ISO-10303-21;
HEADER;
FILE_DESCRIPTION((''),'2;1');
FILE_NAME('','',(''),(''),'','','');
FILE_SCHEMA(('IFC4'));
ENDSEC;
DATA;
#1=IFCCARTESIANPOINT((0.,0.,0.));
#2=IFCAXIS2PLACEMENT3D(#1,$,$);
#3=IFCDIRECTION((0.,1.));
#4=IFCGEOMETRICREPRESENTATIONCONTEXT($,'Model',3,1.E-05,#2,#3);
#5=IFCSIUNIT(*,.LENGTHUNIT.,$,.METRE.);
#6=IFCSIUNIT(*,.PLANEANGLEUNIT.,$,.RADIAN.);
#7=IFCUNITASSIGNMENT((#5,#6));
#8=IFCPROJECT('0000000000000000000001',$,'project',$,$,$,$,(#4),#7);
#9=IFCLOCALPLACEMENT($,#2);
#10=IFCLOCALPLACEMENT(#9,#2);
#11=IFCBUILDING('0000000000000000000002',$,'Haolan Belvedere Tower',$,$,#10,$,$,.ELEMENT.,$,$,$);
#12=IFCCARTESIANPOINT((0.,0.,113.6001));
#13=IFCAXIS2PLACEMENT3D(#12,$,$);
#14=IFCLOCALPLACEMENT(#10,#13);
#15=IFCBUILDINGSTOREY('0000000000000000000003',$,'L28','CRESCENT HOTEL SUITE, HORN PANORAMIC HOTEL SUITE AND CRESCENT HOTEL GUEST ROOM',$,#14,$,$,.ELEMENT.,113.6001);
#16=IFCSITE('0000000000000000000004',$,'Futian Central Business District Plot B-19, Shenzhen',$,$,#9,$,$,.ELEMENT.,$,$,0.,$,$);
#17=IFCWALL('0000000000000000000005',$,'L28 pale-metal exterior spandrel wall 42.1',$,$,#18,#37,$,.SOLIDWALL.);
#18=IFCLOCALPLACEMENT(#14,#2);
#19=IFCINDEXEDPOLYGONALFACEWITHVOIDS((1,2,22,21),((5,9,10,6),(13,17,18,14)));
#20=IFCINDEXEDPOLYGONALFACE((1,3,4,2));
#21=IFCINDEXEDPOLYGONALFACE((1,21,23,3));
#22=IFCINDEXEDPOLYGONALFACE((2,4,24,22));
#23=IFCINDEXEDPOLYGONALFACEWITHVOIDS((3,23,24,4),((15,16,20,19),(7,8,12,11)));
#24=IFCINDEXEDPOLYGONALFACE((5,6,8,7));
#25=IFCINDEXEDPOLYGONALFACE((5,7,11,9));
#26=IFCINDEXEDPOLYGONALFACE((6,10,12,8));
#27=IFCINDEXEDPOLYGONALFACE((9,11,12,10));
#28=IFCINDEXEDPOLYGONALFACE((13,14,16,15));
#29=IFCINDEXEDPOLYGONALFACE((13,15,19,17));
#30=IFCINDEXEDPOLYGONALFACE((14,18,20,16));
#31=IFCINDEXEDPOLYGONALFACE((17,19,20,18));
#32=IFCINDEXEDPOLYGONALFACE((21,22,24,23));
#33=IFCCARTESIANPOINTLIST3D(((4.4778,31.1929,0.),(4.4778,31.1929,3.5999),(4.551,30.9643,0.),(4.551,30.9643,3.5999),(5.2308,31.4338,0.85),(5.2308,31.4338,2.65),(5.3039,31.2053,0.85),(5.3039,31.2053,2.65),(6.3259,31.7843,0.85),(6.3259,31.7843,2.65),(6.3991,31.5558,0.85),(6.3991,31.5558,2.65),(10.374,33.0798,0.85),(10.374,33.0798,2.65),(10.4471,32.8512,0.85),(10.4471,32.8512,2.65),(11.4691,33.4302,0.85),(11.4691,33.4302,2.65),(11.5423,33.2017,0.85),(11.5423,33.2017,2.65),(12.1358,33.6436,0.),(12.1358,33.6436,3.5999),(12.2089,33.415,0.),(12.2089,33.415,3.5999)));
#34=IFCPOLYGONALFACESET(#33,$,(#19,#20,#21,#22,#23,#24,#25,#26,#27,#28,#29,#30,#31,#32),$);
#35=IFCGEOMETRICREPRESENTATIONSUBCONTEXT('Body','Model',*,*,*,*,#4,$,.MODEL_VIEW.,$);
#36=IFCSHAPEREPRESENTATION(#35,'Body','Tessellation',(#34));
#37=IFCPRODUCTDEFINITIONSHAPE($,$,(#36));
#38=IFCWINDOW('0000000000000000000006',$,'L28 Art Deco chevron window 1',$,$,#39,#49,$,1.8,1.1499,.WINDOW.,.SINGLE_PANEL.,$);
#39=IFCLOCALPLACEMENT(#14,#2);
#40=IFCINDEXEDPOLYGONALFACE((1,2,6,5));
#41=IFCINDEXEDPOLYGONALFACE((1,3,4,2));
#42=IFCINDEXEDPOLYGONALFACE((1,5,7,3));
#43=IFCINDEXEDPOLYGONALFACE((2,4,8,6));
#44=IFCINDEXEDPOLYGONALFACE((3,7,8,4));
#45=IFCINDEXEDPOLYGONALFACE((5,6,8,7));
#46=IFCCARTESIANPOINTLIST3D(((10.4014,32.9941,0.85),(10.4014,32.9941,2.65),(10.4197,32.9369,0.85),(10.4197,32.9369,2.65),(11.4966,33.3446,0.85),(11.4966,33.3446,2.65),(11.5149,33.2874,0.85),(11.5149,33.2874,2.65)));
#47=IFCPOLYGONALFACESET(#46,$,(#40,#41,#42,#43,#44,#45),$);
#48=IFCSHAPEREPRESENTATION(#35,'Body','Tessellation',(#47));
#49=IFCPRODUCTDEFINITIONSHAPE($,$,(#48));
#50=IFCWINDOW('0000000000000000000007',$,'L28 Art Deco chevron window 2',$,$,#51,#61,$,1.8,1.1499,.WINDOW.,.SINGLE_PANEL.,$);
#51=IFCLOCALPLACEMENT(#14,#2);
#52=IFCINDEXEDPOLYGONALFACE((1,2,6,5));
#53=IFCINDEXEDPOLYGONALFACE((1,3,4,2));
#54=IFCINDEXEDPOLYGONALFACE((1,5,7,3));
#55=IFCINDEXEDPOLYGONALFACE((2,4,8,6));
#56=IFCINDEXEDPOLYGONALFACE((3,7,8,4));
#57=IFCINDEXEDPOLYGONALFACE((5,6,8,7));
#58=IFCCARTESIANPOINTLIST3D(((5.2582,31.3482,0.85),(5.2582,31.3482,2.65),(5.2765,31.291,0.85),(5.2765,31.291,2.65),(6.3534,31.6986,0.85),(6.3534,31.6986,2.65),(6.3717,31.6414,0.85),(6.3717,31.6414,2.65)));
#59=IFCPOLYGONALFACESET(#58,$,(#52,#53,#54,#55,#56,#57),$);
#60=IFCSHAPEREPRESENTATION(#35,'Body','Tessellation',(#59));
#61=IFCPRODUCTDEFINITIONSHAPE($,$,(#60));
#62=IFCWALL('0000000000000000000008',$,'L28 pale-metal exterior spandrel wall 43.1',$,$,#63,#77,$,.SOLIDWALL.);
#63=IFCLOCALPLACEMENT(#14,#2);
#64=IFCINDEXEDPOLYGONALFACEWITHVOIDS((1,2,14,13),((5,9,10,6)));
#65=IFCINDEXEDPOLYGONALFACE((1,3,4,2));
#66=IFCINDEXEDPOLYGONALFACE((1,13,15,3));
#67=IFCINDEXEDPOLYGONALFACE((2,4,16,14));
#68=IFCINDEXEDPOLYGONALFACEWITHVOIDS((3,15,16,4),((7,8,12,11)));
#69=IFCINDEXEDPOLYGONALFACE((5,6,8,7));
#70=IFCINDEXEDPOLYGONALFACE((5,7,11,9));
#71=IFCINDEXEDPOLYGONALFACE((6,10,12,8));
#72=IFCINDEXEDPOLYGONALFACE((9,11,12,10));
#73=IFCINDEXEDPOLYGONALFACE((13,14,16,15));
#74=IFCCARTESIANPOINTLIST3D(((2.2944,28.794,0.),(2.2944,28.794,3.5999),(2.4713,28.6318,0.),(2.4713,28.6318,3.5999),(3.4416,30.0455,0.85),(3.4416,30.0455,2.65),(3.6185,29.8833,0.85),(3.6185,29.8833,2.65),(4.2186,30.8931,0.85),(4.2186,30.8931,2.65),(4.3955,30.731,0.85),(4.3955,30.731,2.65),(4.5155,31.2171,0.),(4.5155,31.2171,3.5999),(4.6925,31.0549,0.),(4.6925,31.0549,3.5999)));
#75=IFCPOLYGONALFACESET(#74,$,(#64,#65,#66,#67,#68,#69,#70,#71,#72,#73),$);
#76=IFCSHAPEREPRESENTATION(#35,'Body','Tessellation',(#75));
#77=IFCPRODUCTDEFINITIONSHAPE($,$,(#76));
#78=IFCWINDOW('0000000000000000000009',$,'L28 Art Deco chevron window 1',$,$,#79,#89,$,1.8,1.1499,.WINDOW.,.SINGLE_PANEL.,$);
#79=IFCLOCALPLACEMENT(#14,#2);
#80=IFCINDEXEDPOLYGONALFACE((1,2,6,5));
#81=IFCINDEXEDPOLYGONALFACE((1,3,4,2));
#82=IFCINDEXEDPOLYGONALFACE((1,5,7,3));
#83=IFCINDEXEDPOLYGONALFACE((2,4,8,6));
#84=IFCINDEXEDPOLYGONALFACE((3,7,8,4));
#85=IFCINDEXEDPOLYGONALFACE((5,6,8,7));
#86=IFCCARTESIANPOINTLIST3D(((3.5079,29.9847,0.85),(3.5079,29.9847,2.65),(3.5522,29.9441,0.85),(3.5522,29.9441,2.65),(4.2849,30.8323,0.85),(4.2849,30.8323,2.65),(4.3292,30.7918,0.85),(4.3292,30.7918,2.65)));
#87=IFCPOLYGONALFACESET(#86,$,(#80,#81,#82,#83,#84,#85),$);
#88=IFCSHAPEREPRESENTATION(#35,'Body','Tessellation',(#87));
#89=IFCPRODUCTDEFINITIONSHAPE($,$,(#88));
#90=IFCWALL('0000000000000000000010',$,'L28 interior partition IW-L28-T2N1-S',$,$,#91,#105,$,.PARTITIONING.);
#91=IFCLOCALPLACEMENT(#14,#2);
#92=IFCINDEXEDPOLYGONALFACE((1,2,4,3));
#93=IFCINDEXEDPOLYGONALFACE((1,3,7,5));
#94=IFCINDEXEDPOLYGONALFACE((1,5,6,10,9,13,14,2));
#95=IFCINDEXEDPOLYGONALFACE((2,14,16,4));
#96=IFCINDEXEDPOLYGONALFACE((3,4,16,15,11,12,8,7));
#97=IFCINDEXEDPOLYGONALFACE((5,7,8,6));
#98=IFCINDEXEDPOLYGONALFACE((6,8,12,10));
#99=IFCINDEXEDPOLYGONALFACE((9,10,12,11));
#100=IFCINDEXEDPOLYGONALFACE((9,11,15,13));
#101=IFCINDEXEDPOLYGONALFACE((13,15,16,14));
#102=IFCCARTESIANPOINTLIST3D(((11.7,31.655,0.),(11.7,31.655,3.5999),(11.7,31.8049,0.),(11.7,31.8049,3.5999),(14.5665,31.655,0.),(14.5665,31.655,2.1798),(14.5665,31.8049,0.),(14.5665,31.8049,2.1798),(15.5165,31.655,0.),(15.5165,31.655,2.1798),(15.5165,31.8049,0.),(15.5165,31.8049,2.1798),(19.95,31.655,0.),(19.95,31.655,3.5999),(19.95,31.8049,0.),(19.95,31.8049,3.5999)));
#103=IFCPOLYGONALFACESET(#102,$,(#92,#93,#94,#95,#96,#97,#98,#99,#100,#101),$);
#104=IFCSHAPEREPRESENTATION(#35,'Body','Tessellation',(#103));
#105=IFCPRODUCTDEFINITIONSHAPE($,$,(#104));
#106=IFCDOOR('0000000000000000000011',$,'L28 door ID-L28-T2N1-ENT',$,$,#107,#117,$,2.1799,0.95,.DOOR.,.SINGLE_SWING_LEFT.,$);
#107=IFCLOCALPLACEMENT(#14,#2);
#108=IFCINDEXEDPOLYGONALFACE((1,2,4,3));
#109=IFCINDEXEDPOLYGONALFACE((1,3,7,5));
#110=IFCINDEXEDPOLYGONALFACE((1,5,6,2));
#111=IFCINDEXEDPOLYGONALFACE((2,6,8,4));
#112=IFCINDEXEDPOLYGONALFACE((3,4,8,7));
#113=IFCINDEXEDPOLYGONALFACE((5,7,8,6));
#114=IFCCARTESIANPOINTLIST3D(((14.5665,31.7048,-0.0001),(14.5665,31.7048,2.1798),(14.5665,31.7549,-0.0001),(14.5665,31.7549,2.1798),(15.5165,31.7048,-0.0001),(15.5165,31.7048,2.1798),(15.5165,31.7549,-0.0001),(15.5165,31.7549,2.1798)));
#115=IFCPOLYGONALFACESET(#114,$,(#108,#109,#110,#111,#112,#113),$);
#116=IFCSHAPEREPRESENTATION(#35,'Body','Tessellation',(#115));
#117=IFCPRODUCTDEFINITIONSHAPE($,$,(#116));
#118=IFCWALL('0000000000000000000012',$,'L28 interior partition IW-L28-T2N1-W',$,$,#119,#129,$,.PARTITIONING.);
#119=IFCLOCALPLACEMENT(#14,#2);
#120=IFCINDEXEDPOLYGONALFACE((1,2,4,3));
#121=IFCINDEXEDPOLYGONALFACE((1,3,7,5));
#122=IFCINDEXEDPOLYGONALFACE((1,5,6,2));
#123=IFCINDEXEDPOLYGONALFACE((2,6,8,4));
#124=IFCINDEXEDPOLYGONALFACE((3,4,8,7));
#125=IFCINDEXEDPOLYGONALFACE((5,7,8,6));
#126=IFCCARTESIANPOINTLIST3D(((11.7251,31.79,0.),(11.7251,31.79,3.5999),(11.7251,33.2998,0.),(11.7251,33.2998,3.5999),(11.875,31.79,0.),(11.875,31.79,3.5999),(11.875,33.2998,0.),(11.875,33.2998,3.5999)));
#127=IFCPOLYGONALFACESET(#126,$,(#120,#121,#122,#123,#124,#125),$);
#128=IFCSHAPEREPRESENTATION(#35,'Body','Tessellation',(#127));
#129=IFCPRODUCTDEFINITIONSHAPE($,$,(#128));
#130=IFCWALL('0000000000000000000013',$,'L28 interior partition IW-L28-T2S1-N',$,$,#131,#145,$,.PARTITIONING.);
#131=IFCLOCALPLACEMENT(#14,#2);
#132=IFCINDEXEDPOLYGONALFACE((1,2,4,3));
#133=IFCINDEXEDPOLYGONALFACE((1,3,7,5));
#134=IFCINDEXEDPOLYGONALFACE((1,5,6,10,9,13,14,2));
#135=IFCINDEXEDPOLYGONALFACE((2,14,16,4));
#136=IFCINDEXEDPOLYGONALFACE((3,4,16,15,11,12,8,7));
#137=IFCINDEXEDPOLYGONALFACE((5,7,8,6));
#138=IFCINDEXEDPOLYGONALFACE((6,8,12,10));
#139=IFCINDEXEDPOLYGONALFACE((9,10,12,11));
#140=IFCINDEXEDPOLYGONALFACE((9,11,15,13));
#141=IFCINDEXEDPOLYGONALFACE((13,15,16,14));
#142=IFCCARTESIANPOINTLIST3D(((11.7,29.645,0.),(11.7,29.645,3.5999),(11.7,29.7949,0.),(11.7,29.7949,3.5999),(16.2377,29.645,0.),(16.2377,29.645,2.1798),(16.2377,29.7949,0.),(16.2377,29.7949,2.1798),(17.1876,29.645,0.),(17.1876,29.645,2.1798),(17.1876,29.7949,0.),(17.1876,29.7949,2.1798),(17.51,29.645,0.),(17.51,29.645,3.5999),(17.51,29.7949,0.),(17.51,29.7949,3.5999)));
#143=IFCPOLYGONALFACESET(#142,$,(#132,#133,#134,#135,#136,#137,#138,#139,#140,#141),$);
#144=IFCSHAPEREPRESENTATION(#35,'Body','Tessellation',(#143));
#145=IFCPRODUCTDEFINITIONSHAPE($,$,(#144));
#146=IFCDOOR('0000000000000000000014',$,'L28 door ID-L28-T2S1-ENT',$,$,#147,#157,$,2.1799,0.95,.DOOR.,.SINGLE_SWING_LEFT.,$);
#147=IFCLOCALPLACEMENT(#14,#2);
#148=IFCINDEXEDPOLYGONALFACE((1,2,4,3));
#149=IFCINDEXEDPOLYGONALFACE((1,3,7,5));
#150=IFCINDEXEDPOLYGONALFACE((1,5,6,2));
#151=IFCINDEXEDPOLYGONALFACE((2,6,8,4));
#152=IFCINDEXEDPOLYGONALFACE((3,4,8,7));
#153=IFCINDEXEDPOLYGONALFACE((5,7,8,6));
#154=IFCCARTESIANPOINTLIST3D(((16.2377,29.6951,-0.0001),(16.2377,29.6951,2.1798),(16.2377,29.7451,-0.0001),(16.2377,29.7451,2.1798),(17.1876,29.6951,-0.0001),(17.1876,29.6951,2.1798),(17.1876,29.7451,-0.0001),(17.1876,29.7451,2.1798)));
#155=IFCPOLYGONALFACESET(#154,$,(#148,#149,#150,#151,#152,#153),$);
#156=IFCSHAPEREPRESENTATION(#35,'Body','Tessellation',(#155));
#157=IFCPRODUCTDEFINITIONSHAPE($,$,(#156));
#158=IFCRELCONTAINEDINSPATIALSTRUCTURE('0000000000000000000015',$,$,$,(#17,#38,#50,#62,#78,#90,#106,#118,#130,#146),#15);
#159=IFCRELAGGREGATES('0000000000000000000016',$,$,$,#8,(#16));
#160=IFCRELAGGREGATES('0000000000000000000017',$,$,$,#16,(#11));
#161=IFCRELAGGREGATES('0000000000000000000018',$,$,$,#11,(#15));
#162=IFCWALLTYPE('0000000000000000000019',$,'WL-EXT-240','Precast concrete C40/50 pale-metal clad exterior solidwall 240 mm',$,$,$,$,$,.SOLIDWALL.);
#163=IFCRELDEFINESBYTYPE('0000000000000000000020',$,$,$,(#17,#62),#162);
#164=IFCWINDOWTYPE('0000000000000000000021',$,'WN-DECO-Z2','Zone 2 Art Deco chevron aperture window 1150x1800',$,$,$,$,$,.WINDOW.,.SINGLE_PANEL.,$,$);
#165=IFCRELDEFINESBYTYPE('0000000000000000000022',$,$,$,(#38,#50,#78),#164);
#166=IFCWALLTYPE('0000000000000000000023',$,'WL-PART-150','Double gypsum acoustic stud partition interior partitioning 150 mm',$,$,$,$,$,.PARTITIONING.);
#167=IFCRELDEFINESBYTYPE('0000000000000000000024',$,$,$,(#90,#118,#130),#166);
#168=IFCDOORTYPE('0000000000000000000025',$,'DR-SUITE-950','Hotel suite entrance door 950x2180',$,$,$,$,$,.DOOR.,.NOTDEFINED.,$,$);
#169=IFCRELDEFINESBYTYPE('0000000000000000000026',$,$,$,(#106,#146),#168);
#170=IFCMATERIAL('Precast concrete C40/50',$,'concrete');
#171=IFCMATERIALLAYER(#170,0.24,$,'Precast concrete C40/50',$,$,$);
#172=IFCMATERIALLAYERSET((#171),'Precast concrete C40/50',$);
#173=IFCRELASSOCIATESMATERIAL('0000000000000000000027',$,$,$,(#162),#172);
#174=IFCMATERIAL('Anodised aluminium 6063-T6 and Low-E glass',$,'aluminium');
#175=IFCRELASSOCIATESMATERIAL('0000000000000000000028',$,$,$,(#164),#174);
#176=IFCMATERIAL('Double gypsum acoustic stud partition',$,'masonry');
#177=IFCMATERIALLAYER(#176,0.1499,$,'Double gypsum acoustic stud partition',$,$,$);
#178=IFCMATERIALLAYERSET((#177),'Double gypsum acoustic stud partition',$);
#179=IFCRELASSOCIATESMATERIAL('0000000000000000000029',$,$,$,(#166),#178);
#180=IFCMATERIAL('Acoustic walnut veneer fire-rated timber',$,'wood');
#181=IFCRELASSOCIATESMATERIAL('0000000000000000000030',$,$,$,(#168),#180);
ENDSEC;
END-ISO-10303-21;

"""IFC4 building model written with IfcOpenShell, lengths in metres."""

from ifc_helpers import new_model, si_unit, direction, frame, frame_2d, origin, place, context, subcontext, project, spatial, rectangle, extrude, material, layer, layer_set, type_object, element, fill, save


model = new_model("IFC4")

# Units and contexts
model_context = context("Model", 3, precision=1e-05, world=origin(), true_north=direction((0.0, 1.0)))
body_context = subcontext(model_context, "Body", "Model", "MODEL_VIEW")
ifc_project = project(units=[si_unit("LENGTHUNIT", "METRE"), si_unit("PLANEANGLEUNIT", "RADIAN")], contexts=[model_context])

# Site, building, storey
site_placement = place(None, origin())
site = spatial("IfcSite", under=ifc_project, at=site_placement, Name="Futian Central Business District Plot B-19, Shenzhen", CompositionType="ELEMENT", RefElevation=0.0)
building_placement = place(site_placement, origin())
building = spatial("IfcBuilding", under=site, at=building_placement, Name="Haolan Belvedere Tower", CompositionType="ELEMENT")
storey_placement = place(building_placement, frame((0.0, 0.0, 113.6001)))
storey = spatial("IfcBuildingStorey", under=building, at=storey_placement, Name="L28", Description="CRESCENT HOTEL SUITE, HORN PANORAMIC HOTEL SUITE AND CRESCENT HOTEL GUEST ROOM", CompositionType="ELEMENT", Elevation=113.6001)

# Shared definitions
ifc_material_1 = material(Name="Precast concrete C40/50", Category="concrete")
ifc_layer_1 = layer(ifc_material_1, 0.24, Name="Precast concrete C40/50")
ifc_layer_set_1 = layer_set([ifc_layer_1], Name="Precast concrete C40/50")
wall_type_1 = type_object("IfcWallType", Name="WL-EXT-240", Description="Precast concrete C40/50 pale-metal clad exterior solidwall 240 mm", PredefinedType="SOLIDWALL", material=ifc_layer_set_1)

# Shared definitions
ifc_material_2 = material(Name="Anodised aluminium 6063-T6 and Low-E glass", Category="aluminium")
window_type = type_object("IfcWindowType", Name="WN-DECO-Z2", Description="Zone 2 Art Deco chevron aperture window 1150x1800", PartitioningType="SINGLE_PANEL", PredefinedType="WINDOW", material=ifc_material_2)

# Wall, openings, windows
wall_1_placement = place(storey_placement, frame((12.1724, 33.5293, 0.0), z_axis=(0.0, 0.0, 1.0), x_axis=(-0.952419, -0.304791, 0.0)))
wall_1 = element("IfcWall", 1, at=wall_1_placement, inside=storey, type_object=wall_type_1, Name="L28 pale-metal exterior spandrel wall 42.1", PredefinedType="SOLIDWALL", context=body_context, shape_type="SweptSolid", body=[
    extrude(rectangle(XDim=8.0405, YDim=0.24, at=frame_2d((4.0203, 0.0))), origin(), (0.0, 0.0, 1.0), 3.5999),
])
opening_1_placement = place(wall_1_placement, frame((0.7, 0.0, 0.8501)))
opening_1 = element("IfcOpeningElement", 2, at=opening_1_placement, cuts=wall_1, PredefinedType="OPENING", context=body_context, shape_type="SweptSolid", body=[
    extrude(rectangle(XDim=1.1499, YDim=1.8, at=frame_2d((0.575, 0.8999))), frame((0.0, 0.1299, 0.0), z_axis=(0.0, -1.0, 0.0), x_axis=(1.0, 0.0, 0.0)), (0.0, 0.0, 1.0), 0.26),
])
opening_2_placement = place(wall_1_placement, frame((6.1001, 0.0, 0.8501)))
opening_2 = element("IfcOpeningElement", 3, at=opening_2_placement, cuts=wall_1, PredefinedType="OPENING", context=body_context, shape_type="SweptSolid", body=[
    extrude(rectangle(XDim=1.1499, YDim=1.8, at=frame_2d((0.575, 0.8999))), frame((0.0, 0.1299, 0.0), z_axis=(0.0, -1.0, 0.0), x_axis=(1.0, 0.0, 0.0)), (0.0, 0.0, 1.0), 0.26),
])
window_1_placement = place(opening_1_placement, origin())
window_1 = element("IfcWindow", 4, at=window_1_placement, inside=storey, type_object=window_type, Name="L28 Art Deco chevron window 1", OverallHeight=1.8, OverallWidth=1.1499, PartitioningType="SINGLE_PANEL", PredefinedType="WINDOW", context=body_context, shape_type="SweptSolid", body=[
    extrude(rectangle(XDim=1.1499, YDim=1.8, at=frame_2d((0.575, 0.8999))), frame((0.0, 0.03, 0.0), z_axis=(0.0, -1.0, 0.0), x_axis=(1.0, 0.0, 0.0)), (0.0, 0.0, 1.0), 0.0601),
])
fill(opening_1, window_1)
window_2_placement = place(opening_2_placement, origin())
window_2 = element("IfcWindow", 5, at=window_2_placement, inside=storey, type_object=window_type, Name="L28 Art Deco chevron window 2", OverallHeight=1.8, OverallWidth=1.1499, PartitioningType="SINGLE_PANEL", PredefinedType="WINDOW", context=body_context, shape_type="SweptSolid", body=[
    extrude(rectangle(XDim=1.1499, YDim=1.8, at=frame_2d((0.575, 0.8999))), frame((0.0, 0.03, 0.0), z_axis=(0.0, -1.0, 0.0), x_axis=(1.0, 0.0, 0.0)), (0.0, 0.0, 1.0), 0.0601),
])
fill(opening_2, window_2)

# Wall, opening, window
wall_2_placement = place(storey_placement, frame((4.604, 31.136, 0.0), z_axis=(0.0, 0.0, 1.0), x_axis=(-0.675728, -0.737151, 0.0)))
wall_2 = element("IfcWall", 6, at=wall_2_placement, inside=storey, type_object=wall_type_1, Name="L28 pale-metal exterior spandrel wall 43.1", PredefinedType="SOLIDWALL", context=body_context, shape_type="SweptSolid", body=[
    extrude(rectangle(XDim=3.2871, YDim=0.24, at=frame_2d((1.6436, 0.0))), origin(), (0.0, 0.0, 1.0), 3.5999),
])
opening_3_placement = place(wall_2_placement, frame((0.4395, 0.0, 0.8501)))
opening_3 = element("IfcOpeningElement", 7, at=opening_3_placement, cuts=wall_2, PredefinedType="OPENING", context=body_context, shape_type="SweptSolid", body=[
    extrude(rectangle(XDim=1.1499, YDim=1.8, at=frame_2d((0.575, 0.8999))), frame((0.0, 0.1299, 0.0), z_axis=(0.0, -1.0, 0.0), x_axis=(1.0, 0.0, 0.0)), (0.0, 0.0, 1.0), 0.26),
])
window_3_placement = place(opening_3_placement, origin())
window_3 = element("IfcWindow", 8, at=window_3_placement, inside=storey, type_object=window_type, Name="L28 Art Deco chevron window 1", OverallHeight=1.8, OverallWidth=1.1499, PartitioningType="SINGLE_PANEL", PredefinedType="WINDOW", context=body_context, shape_type="SweptSolid", body=[
    extrude(rectangle(XDim=1.1499, YDim=1.8, at=frame_2d((0.575, 0.8999))), frame((0.0, 0.03, 0.0), z_axis=(0.0, -1.0, 0.0), x_axis=(1.0, 0.0, 0.0)), (0.0, 0.0, 1.0), 0.0601),
])
fill(opening_3, window_3)

# Wall, opening, door
ifc_material_3 = material(Name="Double gypsum acoustic stud partition", Category="masonry")
ifc_layer_2 = layer(ifc_material_3, 0.1499, Name="Double gypsum acoustic stud partition")
ifc_layer_set_2 = layer_set([ifc_layer_2], Name="Double gypsum acoustic stud partition")
wall_type_2 = type_object("IfcWallType", Name="WL-PART-150", Description="Double gypsum acoustic stud partition interior partitioning 150 mm", PredefinedType="PARTITIONING", material=ifc_layer_set_2)
wall_3_placement = place(storey_placement, frame((11.7, 31.73, 0.0), z_axis=(0.0, 0.0, 1.0), x_axis=(1.0, 0.0, 0.0)))
wall_3 = element("IfcWall", 9, at=wall_3_placement, inside=storey, type_object=wall_type_2, Name="L28 interior partition IW-L28-T2N1-S", PredefinedType="PARTITIONING", context=body_context, shape_type="SweptSolid", body=[
    extrude(rectangle(XDim=8.25, YDim=0.1499, at=frame_2d((4.125, 0.0))), origin(), (0.0, 0.0, 1.0), 3.5999),
])
opening_4_placement = place(wall_3_placement, frame((2.8665, 0.0, 0.0)))
opening_4 = element("IfcOpeningElement", 10, at=opening_4_placement, cuts=wall_3, PredefinedType="OPENING", context=body_context, shape_type="SweptSolid", body=[
    extrude(rectangle(XDim=0.95, YDim=2.1799, at=frame_2d((0.4751, 1.0898))), frame((0.0, 0.085, 0.0), z_axis=(0.0, -1.0, 0.0), x_axis=(1.0, 0.0, 0.0)), (0.0, 0.0, 1.0), 0.1699),
])
ifc_material_4 = material(Name="Acoustic walnut veneer fire-rated timber", Category="wood")
door_type_1 = type_object("IfcDoorType", Name="DR-SUITE-950", Description="Hotel suite entrance door 950x2180", OperationType="NOTDEFINED", PredefinedType="DOOR", material=ifc_material_4)
door_1_placement = place(opening_4_placement, origin())
door_1 = element("IfcDoor", 11, at=door_1_placement, inside=storey, type_object=door_type_1, Name="L28 door ID-L28-T2N1-ENT", OperationType="SINGLE_SWING_LEFT", OverallHeight=2.1799, OverallWidth=0.95, PredefinedType="DOOR", context=body_context, shape_type="SweptSolid", body=[
    extrude(rectangle(XDim=0.95, YDim=2.1799, at=frame_2d((0.4751, 1.0898))), frame((0.0, 0.0249, 0.0), z_axis=(0.0, -1.0, 0.0), x_axis=(1.0, 0.0, 0.0)), (0.0, 0.0, 1.0), 0.05),
])
fill(opening_4, door_1)

# Wall
wall_4_placement = place(storey_placement, frame((11.8, 31.79, 0.0), z_axis=(0.0, 0.0, 1.0), x_axis=(0.0, 1.0, 0.0)))
element("IfcWall", 12, at=wall_4_placement, inside=storey, type_object=wall_type_2, Name="L28 interior partition IW-L28-T2N1-W", PredefinedType="PARTITIONING", context=body_context, shape_type="SweptSolid", body=[
    extrude(rectangle(XDim=1.5098, YDim=0.1499, at=frame_2d((0.7549, 0.0))), origin(), (0.0, 0.0, 1.0), 3.5999),
])

# Wall, opening, door
wall_5_placement = place(storey_placement, frame((11.7, 29.72, 0.0), z_axis=(0.0, 0.0, 1.0), x_axis=(1.0, 0.0, 0.0)))
wall_5 = element("IfcWall", 13, at=wall_5_placement, inside=storey, type_object=wall_type_2, Name="L28 interior partition IW-L28-T2S1-N", PredefinedType="PARTITIONING", context=body_context, shape_type="SweptSolid", body=[
    extrude(rectangle(XDim=5.8101, YDim=0.1499, at=frame_2d((2.905, 0.0))), origin(), (0.0, 0.0, 1.0), 3.5999),
])
opening_5_placement = place(wall_5_placement, frame((5.4878, 0.0, 0.0), z_axis=(0.0, 0.0, 1.0), x_axis=(-1.0, 0.0, 0.0)))
opening_5 = element("IfcOpeningElement", 14, at=opening_5_placement, cuts=wall_5, PredefinedType="OPENING", context=body_context, shape_type="SweptSolid", body=[
    extrude(rectangle(XDim=0.95, YDim=2.1799, at=frame_2d((0.4751, 1.0898))), frame((0.0, 0.085, 0.0), z_axis=(0.0, -1.0, 0.0), x_axis=(1.0, 0.0, 0.0)), (0.0, 0.0, 1.0), 0.1699),
])
door_2_placement = place(opening_5_placement, origin())
door_2 = element("IfcDoor", 15, at=door_2_placement, inside=storey, type_object=door_type_1, Name="L28 door ID-L28-T2S1-ENT", OperationType="SINGLE_SWING_LEFT", OverallHeight=2.1799, OverallWidth=0.95, PredefinedType="DOOR", context=body_context, shape_type="SweptSolid", body=[
    extrude(rectangle(XDim=0.95, YDim=2.1799, at=frame_2d((0.4751, 1.0898))), frame((0.0, 0.0249, 0.0), z_axis=(0.0, -1.0, 0.0), x_axis=(1.0, 0.0, 0.0)), (0.0, 0.0, 1.0), 0.05),
])
fill(opening_5, door_2)

save(model, "model.ifc")
